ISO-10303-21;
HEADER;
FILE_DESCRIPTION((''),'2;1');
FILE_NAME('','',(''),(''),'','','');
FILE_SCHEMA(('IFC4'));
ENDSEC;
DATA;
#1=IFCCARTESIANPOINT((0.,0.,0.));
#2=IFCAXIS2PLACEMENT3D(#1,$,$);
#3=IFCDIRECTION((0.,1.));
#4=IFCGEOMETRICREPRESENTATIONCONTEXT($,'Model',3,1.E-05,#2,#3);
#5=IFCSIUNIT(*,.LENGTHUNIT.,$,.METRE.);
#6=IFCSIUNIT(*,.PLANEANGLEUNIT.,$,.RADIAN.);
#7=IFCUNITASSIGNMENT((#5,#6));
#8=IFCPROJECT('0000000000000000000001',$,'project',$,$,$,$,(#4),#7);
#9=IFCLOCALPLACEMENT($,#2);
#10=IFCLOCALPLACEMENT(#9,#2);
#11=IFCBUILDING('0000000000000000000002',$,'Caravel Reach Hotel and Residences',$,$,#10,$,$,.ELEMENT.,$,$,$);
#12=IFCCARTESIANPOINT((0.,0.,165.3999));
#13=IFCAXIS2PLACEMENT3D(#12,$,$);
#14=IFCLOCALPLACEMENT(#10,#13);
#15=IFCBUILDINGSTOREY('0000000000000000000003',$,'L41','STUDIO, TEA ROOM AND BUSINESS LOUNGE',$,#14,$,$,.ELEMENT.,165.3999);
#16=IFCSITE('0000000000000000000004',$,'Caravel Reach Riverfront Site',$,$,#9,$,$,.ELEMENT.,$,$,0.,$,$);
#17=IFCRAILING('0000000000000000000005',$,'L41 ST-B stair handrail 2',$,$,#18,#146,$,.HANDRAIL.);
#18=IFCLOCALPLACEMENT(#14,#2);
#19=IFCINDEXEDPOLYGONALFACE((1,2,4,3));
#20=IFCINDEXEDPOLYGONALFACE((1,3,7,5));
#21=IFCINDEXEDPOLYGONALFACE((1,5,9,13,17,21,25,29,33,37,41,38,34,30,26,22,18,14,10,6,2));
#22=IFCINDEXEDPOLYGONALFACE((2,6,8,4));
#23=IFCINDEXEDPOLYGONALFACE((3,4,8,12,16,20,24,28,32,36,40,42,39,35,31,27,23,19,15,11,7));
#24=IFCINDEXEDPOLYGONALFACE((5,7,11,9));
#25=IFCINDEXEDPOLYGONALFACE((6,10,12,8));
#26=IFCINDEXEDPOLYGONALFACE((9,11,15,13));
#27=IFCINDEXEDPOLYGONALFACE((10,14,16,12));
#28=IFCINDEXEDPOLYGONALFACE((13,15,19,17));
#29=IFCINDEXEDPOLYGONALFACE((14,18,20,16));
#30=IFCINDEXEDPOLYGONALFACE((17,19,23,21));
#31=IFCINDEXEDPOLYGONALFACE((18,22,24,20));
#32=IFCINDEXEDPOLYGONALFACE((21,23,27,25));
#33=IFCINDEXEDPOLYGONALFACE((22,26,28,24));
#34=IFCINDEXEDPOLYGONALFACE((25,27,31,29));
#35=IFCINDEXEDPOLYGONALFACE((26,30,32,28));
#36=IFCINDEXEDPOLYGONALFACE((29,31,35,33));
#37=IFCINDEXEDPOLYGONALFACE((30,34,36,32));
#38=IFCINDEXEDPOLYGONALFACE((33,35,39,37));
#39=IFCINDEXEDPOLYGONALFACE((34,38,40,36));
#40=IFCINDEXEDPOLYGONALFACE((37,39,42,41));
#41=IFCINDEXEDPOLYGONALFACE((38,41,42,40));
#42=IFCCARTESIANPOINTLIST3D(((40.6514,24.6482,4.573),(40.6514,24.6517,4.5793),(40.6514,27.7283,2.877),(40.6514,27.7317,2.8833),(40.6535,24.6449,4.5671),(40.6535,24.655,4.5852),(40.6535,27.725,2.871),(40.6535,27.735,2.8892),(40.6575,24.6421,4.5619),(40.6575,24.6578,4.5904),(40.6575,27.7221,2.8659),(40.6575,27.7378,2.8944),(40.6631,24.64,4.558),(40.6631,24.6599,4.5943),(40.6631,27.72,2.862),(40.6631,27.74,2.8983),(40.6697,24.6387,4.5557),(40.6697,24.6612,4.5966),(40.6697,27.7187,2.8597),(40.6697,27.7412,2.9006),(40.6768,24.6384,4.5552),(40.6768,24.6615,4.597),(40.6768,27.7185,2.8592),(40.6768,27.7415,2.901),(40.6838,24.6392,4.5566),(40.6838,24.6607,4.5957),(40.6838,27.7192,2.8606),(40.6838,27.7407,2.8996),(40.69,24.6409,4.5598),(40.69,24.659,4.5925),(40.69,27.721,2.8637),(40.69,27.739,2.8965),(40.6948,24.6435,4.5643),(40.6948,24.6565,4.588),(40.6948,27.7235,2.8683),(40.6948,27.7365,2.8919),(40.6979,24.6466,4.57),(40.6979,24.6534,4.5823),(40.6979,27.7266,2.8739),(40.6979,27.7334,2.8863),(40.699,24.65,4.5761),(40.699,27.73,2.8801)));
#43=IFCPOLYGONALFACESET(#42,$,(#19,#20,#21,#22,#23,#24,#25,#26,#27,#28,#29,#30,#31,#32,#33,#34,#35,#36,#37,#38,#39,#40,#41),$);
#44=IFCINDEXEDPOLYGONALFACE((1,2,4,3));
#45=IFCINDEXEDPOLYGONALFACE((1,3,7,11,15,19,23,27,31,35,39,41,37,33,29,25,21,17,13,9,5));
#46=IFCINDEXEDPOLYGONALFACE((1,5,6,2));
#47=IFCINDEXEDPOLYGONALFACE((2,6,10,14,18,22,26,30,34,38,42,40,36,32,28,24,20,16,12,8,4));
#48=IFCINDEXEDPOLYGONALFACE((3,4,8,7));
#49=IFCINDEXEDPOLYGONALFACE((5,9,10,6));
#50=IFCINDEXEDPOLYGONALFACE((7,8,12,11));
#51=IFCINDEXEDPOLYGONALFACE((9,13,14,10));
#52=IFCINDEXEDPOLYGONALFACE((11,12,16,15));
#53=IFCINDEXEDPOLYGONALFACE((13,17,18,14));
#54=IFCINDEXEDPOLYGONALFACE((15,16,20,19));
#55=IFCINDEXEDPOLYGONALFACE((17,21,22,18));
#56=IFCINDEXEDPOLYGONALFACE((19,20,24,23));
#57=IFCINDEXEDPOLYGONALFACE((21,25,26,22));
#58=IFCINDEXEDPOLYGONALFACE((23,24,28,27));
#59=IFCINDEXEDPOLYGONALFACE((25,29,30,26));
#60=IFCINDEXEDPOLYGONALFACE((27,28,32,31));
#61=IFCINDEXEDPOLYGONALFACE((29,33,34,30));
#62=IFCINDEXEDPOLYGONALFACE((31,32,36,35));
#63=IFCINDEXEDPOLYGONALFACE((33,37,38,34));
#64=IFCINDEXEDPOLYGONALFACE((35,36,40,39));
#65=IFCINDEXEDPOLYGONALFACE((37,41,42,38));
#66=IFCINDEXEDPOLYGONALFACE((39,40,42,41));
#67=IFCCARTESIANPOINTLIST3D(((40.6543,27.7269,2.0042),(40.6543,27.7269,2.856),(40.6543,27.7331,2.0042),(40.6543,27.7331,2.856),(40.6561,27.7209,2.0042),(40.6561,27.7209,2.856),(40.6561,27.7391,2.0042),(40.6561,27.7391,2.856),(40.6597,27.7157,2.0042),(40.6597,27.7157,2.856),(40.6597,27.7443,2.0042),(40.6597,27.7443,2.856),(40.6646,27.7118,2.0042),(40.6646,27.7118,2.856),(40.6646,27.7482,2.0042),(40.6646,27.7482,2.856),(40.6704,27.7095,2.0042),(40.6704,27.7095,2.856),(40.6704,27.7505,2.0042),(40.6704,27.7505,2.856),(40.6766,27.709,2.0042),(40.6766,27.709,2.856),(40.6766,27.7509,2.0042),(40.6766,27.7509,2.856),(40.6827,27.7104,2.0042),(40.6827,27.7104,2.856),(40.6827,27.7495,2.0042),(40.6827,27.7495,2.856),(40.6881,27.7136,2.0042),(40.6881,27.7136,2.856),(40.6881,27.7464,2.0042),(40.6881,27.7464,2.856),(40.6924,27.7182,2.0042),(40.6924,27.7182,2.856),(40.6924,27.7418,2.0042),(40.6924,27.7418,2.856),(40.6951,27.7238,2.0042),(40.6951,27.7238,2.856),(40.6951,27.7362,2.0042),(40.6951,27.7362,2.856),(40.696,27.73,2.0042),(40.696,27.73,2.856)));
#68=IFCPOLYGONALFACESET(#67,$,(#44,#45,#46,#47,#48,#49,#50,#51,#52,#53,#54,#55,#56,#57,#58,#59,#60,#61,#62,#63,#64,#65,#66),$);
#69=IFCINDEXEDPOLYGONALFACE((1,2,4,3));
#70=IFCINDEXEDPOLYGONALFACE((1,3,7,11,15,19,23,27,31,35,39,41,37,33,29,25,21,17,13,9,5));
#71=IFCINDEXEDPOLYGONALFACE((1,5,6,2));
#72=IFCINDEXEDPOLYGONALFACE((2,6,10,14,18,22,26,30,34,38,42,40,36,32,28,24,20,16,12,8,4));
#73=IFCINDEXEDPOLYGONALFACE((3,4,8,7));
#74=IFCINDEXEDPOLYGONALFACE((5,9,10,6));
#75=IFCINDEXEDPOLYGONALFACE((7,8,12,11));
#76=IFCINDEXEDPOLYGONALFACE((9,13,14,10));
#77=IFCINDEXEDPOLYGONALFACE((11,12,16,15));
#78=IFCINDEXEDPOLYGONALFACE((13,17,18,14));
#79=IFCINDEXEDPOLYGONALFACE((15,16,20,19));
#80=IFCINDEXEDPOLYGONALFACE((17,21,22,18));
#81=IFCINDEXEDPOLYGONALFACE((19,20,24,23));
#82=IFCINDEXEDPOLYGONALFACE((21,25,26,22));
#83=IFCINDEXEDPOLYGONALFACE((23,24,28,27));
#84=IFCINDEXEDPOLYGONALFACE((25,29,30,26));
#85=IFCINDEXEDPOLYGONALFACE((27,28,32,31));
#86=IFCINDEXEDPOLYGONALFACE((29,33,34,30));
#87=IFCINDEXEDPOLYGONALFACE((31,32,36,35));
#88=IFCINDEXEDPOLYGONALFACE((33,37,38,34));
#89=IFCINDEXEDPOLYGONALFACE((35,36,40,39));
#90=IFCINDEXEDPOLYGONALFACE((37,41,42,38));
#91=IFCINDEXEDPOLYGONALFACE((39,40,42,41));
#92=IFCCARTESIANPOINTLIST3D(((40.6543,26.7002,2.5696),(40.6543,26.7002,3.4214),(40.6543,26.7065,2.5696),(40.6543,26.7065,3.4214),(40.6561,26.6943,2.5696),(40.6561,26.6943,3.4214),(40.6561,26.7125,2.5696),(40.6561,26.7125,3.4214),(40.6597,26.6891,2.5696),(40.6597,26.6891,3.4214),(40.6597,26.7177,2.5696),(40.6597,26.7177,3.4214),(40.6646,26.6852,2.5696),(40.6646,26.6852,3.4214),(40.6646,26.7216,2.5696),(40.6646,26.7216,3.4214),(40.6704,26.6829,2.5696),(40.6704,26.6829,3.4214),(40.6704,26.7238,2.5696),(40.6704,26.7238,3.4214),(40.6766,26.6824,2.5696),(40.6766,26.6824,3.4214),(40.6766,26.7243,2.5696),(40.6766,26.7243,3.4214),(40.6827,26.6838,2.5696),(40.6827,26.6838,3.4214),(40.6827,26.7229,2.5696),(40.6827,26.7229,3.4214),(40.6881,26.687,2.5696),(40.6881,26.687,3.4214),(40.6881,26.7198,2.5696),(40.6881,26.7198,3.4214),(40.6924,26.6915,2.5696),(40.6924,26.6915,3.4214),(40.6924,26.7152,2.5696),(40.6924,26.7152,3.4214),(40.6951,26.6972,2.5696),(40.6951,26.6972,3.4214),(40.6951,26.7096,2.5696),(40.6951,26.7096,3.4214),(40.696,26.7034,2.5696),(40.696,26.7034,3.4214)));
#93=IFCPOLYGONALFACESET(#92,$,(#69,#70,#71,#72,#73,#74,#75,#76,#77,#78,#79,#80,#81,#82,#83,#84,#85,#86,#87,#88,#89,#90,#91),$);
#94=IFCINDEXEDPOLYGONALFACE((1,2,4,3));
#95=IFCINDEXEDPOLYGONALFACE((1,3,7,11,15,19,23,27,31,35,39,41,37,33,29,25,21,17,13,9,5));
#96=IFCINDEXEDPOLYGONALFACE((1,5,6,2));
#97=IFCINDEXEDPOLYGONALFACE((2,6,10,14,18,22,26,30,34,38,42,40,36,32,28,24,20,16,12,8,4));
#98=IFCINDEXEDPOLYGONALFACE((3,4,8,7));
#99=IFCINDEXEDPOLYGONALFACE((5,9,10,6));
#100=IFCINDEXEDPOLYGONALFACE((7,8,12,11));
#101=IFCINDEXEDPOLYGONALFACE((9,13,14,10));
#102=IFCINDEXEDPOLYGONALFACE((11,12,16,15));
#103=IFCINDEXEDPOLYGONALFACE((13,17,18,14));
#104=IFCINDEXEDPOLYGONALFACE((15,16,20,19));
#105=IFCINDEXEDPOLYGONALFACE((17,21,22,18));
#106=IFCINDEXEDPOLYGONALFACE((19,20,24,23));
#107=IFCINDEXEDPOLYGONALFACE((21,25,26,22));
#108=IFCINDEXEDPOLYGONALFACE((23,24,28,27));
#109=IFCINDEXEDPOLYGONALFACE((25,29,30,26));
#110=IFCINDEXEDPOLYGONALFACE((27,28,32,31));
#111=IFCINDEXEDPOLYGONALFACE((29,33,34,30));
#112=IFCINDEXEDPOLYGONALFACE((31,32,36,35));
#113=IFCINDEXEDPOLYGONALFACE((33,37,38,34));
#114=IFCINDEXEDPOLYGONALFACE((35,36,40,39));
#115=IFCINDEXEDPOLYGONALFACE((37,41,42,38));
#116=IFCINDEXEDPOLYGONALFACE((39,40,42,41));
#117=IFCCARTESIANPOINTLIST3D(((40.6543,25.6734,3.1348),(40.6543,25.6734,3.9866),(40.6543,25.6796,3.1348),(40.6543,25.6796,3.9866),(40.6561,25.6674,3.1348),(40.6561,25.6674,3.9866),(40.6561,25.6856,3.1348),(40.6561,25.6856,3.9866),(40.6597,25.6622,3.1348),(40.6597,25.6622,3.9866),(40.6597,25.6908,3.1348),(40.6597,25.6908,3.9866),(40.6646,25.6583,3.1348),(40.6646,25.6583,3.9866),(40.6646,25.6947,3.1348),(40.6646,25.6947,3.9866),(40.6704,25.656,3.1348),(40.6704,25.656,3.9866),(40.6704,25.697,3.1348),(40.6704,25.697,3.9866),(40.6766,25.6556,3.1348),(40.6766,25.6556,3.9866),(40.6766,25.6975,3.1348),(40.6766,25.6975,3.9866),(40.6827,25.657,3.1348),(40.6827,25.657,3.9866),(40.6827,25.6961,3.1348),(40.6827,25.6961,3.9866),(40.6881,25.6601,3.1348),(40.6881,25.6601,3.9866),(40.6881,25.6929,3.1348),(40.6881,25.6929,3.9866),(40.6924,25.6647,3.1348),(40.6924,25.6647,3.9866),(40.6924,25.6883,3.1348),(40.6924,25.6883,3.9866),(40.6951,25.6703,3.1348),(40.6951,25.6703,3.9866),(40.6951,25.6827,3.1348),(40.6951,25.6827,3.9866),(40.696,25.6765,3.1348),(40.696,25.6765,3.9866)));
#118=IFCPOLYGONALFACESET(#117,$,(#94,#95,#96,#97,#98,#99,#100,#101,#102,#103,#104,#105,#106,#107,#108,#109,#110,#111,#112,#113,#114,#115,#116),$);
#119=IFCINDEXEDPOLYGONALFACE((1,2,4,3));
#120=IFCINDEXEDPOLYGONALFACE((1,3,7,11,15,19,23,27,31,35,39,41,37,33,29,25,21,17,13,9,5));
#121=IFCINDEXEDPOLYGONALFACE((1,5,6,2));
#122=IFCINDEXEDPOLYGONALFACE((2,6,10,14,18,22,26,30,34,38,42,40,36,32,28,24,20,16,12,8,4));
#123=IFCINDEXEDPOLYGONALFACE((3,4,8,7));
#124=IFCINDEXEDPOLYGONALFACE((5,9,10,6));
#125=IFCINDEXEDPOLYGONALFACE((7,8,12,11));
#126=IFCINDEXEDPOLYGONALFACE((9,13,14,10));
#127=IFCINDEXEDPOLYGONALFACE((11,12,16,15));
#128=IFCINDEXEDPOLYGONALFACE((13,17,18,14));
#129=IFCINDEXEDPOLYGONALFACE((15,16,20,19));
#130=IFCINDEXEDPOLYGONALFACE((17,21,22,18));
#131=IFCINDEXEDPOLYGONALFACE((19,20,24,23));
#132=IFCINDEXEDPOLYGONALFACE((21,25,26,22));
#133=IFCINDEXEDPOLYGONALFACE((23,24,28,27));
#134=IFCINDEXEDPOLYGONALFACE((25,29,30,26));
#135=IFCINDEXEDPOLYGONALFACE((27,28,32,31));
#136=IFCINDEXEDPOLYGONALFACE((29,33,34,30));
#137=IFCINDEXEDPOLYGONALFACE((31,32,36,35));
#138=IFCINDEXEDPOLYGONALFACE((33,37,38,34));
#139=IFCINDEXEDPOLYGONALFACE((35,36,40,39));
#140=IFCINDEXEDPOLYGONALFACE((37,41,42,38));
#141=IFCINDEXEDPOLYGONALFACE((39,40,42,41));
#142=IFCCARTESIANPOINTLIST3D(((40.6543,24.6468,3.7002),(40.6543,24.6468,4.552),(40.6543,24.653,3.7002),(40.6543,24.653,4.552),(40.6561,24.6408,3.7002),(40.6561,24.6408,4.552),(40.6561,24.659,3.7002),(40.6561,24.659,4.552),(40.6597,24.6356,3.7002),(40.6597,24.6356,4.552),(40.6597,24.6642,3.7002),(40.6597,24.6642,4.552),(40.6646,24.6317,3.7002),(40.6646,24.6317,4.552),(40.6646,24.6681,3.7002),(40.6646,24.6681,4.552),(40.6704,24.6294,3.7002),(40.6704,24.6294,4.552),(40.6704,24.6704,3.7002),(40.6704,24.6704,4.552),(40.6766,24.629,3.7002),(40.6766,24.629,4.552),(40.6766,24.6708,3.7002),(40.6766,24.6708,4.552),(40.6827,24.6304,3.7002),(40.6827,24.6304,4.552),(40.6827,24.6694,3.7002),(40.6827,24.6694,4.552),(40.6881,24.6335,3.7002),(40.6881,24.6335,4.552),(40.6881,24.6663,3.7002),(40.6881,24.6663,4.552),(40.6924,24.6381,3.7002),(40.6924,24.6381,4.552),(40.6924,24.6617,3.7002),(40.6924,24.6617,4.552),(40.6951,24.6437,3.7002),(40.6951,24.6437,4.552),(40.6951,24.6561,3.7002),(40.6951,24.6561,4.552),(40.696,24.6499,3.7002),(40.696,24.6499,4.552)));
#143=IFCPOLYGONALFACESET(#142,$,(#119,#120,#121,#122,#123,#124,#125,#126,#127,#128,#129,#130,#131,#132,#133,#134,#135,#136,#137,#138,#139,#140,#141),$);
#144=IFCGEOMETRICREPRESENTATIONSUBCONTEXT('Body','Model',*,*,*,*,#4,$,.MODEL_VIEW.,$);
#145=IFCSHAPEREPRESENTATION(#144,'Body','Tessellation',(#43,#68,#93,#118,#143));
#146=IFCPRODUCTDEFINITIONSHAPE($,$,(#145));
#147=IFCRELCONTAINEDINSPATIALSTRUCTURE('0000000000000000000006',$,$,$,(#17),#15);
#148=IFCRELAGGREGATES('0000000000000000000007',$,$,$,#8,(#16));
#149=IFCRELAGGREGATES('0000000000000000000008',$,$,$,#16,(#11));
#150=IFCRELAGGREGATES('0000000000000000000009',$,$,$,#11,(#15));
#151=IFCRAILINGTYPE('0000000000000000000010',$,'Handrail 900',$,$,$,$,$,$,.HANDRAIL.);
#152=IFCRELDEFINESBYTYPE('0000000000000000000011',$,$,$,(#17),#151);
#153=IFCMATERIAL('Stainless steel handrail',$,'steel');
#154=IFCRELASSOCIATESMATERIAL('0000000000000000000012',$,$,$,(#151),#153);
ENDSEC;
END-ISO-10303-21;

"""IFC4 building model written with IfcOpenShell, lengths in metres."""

from ifc_helpers import new_model, si_unit, direction, frame, origin, origin_2d, place, context, subcontext, project, spatial, circle, extrude, material, type_object, element, save


model = new_model("IFC4")

# Units and contexts
model_context = context("Model", 3, precision=1e-05, world=origin(), true_north=direction((0.0, 1.0)))
body_context = subcontext(model_context, "Body", "Model", "MODEL_VIEW")
ifc_project = project(units=[si_unit("LENGTHUNIT", "METRE"), si_unit("PLANEANGLEUNIT", "RADIAN")], contexts=[model_context])

# Site, building, storey
site_placement = place(None, origin())
site = spatial("IfcSite", under=ifc_project, at=site_placement, Name="Caravel Reach Riverfront Site", CompositionType="ELEMENT", RefElevation=0.0)
building_placement = place(site_placement, origin())
building = spatial("IfcBuilding", under=site, at=building_placement, Name="Caravel Reach Hotel and Residences", CompositionType="ELEMENT")
storey_placement = place(building_placement, frame((0.0, 0.0, 165.3999)))
storey = spatial("IfcBuildingStorey", under=building, at=storey_placement, Name="L41", Description="STUDIO, TEA ROOM AND BUSINESS LOUNGE", CompositionType="ELEMENT", Elevation=165.3999)

# Railing
ifc_material_1 = material(Name="Stainless steel handrail", Category="steel")
railing_type_1 = type_object("IfcRailingType", Name="Handrail 900", PredefinedType="HANDRAIL", material=ifc_material_1)
railing_1_placement = place(storey_placement, frame((40.675, 27.73, 2.0042)))
element("IfcRailing", 1, at=railing_1_placement, inside=storey, type_object=railing_type_1, Name="L41 ST-B stair handrail 2", PredefinedType="HANDRAIL", context=body_context, shape_type="SweptSolid", body=[
    extrude(circle(Radius=0.0239, at=origin_2d()), frame((0.0, 0.0, 0.876), z_axis=(0.0, -0.875975, 0.482356), x_axis=(1.0, 0.0, 0.0)), (0.0, 0.0, 1.0), 3.5161),
    extrude(circle(Radius=0.021, at=origin_2d()), origin(), (0.0, 0.0, 1.0), 0.8518),
    extrude(circle(Radius=0.021, at=origin_2d()), frame((0.0, -1.0266, 0.5654)), (0.0, 0.0, 1.0), 0.8518),
    extrude(circle(Radius=0.021, at=origin_2d()), frame((0.0, -2.0535, 1.1306)), (0.0, 0.0, 1.0), 0.8518),
    extrude(circle(Radius=0.021, at=origin_2d()), frame((0.0, -3.0801, 1.696)), (0.0, 0.0, 1.0), 0.8518),
])

save(model, "model.ifc")
